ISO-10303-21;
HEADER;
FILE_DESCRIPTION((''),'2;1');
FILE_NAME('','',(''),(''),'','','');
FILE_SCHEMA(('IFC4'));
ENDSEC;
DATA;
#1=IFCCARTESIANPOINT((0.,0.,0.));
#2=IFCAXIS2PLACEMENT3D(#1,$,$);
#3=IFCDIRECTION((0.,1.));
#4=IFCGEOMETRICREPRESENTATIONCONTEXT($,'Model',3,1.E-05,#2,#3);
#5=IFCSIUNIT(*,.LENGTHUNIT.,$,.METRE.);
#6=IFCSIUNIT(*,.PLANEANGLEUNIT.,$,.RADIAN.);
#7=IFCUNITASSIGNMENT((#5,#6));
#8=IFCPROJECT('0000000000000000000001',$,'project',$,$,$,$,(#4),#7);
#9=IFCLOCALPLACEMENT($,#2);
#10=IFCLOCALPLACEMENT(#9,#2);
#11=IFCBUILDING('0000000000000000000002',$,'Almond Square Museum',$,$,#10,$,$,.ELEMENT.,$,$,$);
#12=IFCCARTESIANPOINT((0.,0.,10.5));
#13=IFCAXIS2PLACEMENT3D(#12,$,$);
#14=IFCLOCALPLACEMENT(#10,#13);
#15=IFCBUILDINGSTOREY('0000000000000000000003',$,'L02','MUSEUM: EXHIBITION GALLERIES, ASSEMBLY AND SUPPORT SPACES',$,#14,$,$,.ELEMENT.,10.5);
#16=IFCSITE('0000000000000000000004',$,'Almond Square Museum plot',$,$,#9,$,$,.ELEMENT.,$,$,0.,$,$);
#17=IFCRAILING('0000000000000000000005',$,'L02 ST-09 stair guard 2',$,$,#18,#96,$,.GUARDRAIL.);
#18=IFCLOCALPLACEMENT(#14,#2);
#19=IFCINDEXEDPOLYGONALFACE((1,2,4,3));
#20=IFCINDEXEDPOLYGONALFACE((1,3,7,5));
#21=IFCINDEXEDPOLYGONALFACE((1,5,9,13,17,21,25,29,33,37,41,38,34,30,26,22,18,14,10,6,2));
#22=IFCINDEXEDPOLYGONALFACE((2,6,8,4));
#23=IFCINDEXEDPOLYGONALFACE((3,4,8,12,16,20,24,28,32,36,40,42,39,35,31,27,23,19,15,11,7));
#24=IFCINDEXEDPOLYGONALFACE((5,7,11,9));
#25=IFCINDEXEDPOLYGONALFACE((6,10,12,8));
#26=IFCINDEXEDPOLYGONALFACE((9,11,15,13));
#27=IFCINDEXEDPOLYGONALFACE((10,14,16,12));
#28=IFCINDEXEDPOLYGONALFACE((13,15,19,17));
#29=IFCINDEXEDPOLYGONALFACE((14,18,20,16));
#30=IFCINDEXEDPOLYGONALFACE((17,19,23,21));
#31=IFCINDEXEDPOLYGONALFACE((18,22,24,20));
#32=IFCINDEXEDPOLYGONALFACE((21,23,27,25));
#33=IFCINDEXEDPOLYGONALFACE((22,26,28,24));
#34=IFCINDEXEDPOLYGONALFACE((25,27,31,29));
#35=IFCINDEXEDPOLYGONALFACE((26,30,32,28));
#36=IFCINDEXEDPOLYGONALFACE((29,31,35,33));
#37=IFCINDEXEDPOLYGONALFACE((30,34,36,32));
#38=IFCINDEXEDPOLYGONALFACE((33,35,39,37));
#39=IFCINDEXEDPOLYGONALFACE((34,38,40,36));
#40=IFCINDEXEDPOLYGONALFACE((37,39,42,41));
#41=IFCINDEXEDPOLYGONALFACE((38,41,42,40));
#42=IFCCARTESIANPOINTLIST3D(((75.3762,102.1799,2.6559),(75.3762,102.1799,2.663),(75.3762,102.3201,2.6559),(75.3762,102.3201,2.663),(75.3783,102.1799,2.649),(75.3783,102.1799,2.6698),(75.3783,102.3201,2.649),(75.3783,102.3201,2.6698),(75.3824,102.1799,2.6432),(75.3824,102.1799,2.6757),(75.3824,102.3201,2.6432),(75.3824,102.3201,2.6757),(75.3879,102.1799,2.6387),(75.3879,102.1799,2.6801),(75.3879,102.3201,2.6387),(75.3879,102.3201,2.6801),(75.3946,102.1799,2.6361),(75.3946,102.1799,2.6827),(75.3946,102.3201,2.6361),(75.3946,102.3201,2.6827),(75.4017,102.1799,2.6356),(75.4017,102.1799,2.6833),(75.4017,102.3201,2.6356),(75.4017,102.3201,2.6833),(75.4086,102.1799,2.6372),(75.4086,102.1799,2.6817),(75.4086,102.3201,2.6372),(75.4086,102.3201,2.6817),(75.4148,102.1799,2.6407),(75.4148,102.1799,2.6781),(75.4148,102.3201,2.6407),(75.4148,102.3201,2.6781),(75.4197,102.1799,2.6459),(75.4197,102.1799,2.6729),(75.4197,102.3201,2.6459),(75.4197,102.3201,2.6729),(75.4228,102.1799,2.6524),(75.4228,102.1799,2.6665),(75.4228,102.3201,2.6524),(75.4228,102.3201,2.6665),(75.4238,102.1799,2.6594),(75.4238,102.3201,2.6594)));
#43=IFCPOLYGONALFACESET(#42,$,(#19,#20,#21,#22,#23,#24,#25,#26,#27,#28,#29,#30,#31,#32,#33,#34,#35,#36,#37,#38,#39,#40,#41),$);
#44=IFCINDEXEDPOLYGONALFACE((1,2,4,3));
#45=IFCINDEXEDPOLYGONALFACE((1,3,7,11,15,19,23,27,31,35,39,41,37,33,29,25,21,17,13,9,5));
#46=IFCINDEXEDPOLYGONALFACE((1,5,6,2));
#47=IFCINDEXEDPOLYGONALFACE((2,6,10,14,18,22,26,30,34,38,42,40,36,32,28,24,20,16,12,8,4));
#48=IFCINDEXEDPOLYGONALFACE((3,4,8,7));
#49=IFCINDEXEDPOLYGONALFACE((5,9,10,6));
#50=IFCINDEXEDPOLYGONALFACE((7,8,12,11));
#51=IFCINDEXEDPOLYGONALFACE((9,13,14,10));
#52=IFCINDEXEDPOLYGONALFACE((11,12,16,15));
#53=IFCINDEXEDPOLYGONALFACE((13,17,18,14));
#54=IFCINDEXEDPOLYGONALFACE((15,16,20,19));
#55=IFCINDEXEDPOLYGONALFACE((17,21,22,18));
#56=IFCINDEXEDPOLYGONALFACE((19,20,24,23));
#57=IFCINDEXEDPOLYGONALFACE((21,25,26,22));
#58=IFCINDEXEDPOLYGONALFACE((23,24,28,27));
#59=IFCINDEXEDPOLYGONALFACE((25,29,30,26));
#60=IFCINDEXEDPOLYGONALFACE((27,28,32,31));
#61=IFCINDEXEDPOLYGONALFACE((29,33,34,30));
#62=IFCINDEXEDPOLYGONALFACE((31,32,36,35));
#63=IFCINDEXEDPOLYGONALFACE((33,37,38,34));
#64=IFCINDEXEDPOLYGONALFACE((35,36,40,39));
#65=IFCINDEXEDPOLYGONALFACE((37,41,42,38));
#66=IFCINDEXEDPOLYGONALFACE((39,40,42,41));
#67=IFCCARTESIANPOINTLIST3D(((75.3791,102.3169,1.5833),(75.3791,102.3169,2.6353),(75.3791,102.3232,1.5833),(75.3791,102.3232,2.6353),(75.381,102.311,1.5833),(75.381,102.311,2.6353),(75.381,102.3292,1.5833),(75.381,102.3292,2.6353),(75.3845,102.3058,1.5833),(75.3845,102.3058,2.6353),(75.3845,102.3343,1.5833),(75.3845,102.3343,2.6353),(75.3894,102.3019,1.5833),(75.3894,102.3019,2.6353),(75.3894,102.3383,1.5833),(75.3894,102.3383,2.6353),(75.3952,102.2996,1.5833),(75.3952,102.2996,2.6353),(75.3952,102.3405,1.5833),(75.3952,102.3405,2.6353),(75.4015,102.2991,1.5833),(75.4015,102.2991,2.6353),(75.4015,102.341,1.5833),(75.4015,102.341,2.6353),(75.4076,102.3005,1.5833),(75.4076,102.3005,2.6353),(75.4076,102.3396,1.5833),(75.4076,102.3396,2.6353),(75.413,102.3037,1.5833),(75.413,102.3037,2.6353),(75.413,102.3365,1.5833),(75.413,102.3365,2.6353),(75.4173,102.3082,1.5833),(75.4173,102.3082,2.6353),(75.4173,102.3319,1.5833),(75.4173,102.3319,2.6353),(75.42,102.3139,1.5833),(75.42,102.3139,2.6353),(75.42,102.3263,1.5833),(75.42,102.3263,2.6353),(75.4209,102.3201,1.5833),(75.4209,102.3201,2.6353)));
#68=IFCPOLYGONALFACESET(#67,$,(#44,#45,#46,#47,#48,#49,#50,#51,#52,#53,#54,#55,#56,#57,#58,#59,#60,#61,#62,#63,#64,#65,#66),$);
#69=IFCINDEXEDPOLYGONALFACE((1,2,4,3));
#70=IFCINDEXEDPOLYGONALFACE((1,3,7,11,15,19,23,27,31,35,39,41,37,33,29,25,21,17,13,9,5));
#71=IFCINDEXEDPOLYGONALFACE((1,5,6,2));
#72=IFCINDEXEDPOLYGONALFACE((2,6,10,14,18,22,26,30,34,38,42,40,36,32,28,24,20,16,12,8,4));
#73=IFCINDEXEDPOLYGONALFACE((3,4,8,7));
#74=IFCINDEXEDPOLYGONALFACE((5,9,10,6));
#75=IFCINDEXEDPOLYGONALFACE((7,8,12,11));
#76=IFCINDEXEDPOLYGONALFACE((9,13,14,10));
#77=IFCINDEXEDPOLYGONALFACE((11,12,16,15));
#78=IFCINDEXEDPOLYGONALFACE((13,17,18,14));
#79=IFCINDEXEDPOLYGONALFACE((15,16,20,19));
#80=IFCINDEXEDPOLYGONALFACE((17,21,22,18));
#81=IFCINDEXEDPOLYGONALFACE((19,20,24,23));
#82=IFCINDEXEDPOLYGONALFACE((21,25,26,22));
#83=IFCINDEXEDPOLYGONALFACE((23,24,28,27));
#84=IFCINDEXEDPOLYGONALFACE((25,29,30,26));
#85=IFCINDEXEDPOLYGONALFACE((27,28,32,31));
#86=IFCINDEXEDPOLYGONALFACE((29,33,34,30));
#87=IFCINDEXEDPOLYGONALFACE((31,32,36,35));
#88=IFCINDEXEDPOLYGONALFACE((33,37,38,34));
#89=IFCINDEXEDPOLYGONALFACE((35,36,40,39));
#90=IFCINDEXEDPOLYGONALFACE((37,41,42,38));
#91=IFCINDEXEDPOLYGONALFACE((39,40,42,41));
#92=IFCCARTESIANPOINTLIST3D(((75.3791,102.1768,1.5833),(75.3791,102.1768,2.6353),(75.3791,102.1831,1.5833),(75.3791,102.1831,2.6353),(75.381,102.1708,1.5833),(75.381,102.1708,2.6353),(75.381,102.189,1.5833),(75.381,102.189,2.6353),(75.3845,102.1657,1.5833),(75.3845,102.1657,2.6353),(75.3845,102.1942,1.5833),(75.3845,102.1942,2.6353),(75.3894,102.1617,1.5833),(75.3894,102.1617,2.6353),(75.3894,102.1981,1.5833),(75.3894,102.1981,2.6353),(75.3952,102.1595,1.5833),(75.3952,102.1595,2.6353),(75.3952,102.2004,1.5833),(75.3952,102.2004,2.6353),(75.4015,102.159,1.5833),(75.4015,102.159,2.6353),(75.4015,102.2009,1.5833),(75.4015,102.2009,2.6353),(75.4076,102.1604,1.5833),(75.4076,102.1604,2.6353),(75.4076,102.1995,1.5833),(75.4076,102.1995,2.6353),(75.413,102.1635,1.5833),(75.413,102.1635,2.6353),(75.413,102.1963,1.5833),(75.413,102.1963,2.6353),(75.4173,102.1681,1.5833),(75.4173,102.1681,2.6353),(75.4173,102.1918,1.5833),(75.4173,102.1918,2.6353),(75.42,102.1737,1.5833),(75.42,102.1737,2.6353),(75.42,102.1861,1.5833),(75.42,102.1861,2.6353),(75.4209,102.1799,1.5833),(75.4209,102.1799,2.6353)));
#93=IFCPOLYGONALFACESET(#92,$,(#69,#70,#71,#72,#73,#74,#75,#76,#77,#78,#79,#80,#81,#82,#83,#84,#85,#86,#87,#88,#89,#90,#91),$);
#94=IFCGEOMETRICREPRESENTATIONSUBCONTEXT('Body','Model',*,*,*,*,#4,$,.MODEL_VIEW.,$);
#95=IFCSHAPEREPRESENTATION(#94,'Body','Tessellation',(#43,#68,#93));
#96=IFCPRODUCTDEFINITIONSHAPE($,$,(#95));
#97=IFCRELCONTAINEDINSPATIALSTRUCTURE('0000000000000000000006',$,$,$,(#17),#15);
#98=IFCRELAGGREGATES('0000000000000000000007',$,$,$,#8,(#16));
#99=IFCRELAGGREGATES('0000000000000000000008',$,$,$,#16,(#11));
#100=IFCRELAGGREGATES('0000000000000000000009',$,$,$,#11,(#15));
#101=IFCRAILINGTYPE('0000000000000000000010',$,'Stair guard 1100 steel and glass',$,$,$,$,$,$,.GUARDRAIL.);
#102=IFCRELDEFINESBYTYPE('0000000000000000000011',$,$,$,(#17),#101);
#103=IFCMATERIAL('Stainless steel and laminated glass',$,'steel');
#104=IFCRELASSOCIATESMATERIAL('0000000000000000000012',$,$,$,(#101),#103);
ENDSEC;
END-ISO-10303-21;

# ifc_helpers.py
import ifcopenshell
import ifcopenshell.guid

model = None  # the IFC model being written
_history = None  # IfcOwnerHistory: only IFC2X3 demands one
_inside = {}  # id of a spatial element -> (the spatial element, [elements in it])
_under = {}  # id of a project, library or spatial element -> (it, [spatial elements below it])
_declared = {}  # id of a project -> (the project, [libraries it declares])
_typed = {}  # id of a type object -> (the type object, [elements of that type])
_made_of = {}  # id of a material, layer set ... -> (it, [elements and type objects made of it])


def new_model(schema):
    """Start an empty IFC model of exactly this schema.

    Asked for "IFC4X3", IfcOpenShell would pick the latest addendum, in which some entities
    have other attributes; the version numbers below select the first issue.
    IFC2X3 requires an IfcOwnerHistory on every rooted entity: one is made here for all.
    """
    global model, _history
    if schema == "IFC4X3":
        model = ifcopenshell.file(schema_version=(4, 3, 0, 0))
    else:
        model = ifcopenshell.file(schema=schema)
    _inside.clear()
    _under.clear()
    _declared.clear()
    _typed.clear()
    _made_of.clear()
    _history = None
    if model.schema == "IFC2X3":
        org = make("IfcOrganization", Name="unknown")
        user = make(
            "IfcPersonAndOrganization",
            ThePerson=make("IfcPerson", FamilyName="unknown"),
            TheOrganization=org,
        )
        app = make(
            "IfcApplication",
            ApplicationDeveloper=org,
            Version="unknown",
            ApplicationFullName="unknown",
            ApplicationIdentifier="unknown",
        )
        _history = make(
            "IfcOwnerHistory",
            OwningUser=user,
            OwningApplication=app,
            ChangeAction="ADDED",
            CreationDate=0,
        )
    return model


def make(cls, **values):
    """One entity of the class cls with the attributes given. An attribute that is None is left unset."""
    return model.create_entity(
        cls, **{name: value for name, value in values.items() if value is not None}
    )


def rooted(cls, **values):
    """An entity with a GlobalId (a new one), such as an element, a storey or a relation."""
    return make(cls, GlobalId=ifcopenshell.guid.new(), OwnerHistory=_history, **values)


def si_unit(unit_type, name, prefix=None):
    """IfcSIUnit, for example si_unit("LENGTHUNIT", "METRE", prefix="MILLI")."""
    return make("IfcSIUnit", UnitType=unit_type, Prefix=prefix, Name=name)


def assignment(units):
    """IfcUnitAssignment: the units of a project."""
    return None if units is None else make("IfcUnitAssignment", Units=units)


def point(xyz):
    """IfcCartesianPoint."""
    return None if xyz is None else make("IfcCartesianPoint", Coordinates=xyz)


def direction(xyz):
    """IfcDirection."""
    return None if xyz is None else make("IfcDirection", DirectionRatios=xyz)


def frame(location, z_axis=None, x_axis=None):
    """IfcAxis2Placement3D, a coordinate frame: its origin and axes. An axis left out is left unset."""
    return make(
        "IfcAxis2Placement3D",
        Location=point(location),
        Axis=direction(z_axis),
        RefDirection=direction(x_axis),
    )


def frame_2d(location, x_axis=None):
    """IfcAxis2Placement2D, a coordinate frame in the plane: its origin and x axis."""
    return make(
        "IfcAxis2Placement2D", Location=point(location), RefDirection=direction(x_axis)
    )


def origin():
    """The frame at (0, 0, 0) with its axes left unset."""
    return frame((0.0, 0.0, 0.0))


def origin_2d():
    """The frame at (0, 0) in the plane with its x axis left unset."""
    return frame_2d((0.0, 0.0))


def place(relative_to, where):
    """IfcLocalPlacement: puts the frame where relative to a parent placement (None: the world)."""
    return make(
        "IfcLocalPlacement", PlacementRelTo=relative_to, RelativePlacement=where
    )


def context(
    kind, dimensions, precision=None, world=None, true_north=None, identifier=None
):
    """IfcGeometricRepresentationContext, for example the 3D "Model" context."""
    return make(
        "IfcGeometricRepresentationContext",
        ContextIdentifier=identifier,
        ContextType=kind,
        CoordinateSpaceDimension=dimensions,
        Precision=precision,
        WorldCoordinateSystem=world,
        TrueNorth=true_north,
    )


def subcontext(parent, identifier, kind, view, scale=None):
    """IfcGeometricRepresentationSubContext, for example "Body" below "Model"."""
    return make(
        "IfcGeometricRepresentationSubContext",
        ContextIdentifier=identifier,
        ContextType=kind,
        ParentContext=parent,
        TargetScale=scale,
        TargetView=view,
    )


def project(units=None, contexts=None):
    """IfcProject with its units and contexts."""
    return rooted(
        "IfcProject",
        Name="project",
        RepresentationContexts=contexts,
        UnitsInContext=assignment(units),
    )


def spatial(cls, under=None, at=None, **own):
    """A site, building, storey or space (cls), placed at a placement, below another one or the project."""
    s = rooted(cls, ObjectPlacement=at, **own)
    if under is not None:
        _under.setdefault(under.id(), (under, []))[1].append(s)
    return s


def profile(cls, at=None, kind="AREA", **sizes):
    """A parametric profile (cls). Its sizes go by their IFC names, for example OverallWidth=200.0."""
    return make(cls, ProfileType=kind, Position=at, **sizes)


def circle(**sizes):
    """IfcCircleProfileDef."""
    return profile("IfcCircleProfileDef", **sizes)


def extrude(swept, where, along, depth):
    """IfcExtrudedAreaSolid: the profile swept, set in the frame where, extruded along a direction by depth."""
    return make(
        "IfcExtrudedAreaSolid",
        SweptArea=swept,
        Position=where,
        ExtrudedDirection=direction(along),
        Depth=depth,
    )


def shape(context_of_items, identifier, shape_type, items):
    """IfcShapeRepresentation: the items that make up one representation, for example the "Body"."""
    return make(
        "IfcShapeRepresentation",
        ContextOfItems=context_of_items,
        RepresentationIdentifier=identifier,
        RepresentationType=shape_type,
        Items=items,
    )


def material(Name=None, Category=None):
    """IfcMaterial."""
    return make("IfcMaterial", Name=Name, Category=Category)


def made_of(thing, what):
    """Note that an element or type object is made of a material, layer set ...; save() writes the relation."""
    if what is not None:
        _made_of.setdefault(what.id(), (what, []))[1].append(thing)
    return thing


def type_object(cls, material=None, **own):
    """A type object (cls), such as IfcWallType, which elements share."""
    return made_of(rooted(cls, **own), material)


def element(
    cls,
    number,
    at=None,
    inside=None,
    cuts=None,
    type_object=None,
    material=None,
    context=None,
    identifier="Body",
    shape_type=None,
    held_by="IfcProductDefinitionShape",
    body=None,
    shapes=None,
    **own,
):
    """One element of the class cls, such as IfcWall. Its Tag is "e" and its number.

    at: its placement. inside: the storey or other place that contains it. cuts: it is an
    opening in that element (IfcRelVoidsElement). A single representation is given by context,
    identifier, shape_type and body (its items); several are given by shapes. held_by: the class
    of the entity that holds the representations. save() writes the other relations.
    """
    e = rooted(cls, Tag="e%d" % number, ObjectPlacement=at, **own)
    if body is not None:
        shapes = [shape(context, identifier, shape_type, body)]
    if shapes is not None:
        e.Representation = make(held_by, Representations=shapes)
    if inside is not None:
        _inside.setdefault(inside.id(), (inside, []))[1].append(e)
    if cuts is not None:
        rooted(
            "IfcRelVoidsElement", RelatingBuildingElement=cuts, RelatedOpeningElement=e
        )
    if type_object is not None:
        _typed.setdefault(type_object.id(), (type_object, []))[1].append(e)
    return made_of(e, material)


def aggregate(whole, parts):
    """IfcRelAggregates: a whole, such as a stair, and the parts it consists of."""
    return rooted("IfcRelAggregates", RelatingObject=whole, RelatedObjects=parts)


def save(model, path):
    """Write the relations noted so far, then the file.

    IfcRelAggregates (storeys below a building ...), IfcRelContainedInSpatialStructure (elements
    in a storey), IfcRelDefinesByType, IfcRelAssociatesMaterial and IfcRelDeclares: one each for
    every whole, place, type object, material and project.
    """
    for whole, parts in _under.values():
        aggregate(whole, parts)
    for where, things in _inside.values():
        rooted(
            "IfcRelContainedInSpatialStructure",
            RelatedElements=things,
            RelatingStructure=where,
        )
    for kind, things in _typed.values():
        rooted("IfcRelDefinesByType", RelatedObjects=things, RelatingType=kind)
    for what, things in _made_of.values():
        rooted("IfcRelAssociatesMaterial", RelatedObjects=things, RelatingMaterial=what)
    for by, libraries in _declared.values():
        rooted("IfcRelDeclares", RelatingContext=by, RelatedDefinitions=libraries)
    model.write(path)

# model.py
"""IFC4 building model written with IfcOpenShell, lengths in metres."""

from ifc_helpers import new_model, si_unit, direction, frame, origin, origin_2d, place, context, subcontext, project, spatial, circle, extrude, material, type_object, element, save


model = new_model("IFC4")

# Units and contexts
model_context = context("Model", 3, precision=1e-05, world=origin(), true_north=direction((0.0, 1.0)))
body_context = subcontext(model_context, "Body", "Model", "MODEL_VIEW")
ifc_project = project(units=[si_unit("LENGTHUNIT", "METRE"), si_unit("PLANEANGLEUNIT", "RADIAN")], contexts=[model_context])

# Site, building, storey
site_placement = place(None, origin())
site = spatial("IfcSite", under=ifc_project, at=site_placement, Name="Almond Square Museum plot", CompositionType="ELEMENT", RefElevation=0.0)
building_placement = place(site_placement, origin())
building = spatial("IfcBuilding", under=site, at=building_placement, Name="Almond Square Museum", CompositionType="ELEMENT")
storey_placement = place(building_placement, frame((0.0, 0.0, 10.5)))
storey = spatial("IfcBuildingStorey", under=building, at=storey_placement, Name="L02", Description="MUSEUM: EXHIBITION GALLERIES, ASSEMBLY AND SUPPORT SPACES", CompositionType="ELEMENT", Elevation=10.5)

# Railing
ifc_material_1 = material(Name="Stainless steel and laminated glass", Category="steel")
railing_type_1 = type_object("IfcRailingType", Name="Stair guard 1100 steel and glass", PredefinedType="GUARDRAIL", material=ifc_material_1)
railing_1_placement = place(storey_placement, frame((75.3999, 102.3201, 1.5833)))
element("IfcRailing", 1, at=railing_1_placement, inside=storey, type_object=railing_type_1, Name="L02 ST-09 stair guard 2", PredefinedType="GUARDRAIL", context=body_context, shape_type="SweptSolid", body=[
    extrude(circle(Radius=0.0239, at=origin_2d()), frame((0.0, 0.0, 1.0762), z_axis=(0.0, -1.0, 0.0), x_axis=(1.0, 0.0, 0.0)), (0.0, 0.0, 1.0), 0.1401),
    extrude(circle(Radius=0.021, at=origin_2d()), origin(), (0.0, 0.0, 1.0), 1.052),
    extrude(circle(Radius=0.021, at=origin_2d()), frame((0.0, -0.1401, 0.0)), (0.0, 0.0, 1.0), 1.052),
])

save(model, "model.ifc")
